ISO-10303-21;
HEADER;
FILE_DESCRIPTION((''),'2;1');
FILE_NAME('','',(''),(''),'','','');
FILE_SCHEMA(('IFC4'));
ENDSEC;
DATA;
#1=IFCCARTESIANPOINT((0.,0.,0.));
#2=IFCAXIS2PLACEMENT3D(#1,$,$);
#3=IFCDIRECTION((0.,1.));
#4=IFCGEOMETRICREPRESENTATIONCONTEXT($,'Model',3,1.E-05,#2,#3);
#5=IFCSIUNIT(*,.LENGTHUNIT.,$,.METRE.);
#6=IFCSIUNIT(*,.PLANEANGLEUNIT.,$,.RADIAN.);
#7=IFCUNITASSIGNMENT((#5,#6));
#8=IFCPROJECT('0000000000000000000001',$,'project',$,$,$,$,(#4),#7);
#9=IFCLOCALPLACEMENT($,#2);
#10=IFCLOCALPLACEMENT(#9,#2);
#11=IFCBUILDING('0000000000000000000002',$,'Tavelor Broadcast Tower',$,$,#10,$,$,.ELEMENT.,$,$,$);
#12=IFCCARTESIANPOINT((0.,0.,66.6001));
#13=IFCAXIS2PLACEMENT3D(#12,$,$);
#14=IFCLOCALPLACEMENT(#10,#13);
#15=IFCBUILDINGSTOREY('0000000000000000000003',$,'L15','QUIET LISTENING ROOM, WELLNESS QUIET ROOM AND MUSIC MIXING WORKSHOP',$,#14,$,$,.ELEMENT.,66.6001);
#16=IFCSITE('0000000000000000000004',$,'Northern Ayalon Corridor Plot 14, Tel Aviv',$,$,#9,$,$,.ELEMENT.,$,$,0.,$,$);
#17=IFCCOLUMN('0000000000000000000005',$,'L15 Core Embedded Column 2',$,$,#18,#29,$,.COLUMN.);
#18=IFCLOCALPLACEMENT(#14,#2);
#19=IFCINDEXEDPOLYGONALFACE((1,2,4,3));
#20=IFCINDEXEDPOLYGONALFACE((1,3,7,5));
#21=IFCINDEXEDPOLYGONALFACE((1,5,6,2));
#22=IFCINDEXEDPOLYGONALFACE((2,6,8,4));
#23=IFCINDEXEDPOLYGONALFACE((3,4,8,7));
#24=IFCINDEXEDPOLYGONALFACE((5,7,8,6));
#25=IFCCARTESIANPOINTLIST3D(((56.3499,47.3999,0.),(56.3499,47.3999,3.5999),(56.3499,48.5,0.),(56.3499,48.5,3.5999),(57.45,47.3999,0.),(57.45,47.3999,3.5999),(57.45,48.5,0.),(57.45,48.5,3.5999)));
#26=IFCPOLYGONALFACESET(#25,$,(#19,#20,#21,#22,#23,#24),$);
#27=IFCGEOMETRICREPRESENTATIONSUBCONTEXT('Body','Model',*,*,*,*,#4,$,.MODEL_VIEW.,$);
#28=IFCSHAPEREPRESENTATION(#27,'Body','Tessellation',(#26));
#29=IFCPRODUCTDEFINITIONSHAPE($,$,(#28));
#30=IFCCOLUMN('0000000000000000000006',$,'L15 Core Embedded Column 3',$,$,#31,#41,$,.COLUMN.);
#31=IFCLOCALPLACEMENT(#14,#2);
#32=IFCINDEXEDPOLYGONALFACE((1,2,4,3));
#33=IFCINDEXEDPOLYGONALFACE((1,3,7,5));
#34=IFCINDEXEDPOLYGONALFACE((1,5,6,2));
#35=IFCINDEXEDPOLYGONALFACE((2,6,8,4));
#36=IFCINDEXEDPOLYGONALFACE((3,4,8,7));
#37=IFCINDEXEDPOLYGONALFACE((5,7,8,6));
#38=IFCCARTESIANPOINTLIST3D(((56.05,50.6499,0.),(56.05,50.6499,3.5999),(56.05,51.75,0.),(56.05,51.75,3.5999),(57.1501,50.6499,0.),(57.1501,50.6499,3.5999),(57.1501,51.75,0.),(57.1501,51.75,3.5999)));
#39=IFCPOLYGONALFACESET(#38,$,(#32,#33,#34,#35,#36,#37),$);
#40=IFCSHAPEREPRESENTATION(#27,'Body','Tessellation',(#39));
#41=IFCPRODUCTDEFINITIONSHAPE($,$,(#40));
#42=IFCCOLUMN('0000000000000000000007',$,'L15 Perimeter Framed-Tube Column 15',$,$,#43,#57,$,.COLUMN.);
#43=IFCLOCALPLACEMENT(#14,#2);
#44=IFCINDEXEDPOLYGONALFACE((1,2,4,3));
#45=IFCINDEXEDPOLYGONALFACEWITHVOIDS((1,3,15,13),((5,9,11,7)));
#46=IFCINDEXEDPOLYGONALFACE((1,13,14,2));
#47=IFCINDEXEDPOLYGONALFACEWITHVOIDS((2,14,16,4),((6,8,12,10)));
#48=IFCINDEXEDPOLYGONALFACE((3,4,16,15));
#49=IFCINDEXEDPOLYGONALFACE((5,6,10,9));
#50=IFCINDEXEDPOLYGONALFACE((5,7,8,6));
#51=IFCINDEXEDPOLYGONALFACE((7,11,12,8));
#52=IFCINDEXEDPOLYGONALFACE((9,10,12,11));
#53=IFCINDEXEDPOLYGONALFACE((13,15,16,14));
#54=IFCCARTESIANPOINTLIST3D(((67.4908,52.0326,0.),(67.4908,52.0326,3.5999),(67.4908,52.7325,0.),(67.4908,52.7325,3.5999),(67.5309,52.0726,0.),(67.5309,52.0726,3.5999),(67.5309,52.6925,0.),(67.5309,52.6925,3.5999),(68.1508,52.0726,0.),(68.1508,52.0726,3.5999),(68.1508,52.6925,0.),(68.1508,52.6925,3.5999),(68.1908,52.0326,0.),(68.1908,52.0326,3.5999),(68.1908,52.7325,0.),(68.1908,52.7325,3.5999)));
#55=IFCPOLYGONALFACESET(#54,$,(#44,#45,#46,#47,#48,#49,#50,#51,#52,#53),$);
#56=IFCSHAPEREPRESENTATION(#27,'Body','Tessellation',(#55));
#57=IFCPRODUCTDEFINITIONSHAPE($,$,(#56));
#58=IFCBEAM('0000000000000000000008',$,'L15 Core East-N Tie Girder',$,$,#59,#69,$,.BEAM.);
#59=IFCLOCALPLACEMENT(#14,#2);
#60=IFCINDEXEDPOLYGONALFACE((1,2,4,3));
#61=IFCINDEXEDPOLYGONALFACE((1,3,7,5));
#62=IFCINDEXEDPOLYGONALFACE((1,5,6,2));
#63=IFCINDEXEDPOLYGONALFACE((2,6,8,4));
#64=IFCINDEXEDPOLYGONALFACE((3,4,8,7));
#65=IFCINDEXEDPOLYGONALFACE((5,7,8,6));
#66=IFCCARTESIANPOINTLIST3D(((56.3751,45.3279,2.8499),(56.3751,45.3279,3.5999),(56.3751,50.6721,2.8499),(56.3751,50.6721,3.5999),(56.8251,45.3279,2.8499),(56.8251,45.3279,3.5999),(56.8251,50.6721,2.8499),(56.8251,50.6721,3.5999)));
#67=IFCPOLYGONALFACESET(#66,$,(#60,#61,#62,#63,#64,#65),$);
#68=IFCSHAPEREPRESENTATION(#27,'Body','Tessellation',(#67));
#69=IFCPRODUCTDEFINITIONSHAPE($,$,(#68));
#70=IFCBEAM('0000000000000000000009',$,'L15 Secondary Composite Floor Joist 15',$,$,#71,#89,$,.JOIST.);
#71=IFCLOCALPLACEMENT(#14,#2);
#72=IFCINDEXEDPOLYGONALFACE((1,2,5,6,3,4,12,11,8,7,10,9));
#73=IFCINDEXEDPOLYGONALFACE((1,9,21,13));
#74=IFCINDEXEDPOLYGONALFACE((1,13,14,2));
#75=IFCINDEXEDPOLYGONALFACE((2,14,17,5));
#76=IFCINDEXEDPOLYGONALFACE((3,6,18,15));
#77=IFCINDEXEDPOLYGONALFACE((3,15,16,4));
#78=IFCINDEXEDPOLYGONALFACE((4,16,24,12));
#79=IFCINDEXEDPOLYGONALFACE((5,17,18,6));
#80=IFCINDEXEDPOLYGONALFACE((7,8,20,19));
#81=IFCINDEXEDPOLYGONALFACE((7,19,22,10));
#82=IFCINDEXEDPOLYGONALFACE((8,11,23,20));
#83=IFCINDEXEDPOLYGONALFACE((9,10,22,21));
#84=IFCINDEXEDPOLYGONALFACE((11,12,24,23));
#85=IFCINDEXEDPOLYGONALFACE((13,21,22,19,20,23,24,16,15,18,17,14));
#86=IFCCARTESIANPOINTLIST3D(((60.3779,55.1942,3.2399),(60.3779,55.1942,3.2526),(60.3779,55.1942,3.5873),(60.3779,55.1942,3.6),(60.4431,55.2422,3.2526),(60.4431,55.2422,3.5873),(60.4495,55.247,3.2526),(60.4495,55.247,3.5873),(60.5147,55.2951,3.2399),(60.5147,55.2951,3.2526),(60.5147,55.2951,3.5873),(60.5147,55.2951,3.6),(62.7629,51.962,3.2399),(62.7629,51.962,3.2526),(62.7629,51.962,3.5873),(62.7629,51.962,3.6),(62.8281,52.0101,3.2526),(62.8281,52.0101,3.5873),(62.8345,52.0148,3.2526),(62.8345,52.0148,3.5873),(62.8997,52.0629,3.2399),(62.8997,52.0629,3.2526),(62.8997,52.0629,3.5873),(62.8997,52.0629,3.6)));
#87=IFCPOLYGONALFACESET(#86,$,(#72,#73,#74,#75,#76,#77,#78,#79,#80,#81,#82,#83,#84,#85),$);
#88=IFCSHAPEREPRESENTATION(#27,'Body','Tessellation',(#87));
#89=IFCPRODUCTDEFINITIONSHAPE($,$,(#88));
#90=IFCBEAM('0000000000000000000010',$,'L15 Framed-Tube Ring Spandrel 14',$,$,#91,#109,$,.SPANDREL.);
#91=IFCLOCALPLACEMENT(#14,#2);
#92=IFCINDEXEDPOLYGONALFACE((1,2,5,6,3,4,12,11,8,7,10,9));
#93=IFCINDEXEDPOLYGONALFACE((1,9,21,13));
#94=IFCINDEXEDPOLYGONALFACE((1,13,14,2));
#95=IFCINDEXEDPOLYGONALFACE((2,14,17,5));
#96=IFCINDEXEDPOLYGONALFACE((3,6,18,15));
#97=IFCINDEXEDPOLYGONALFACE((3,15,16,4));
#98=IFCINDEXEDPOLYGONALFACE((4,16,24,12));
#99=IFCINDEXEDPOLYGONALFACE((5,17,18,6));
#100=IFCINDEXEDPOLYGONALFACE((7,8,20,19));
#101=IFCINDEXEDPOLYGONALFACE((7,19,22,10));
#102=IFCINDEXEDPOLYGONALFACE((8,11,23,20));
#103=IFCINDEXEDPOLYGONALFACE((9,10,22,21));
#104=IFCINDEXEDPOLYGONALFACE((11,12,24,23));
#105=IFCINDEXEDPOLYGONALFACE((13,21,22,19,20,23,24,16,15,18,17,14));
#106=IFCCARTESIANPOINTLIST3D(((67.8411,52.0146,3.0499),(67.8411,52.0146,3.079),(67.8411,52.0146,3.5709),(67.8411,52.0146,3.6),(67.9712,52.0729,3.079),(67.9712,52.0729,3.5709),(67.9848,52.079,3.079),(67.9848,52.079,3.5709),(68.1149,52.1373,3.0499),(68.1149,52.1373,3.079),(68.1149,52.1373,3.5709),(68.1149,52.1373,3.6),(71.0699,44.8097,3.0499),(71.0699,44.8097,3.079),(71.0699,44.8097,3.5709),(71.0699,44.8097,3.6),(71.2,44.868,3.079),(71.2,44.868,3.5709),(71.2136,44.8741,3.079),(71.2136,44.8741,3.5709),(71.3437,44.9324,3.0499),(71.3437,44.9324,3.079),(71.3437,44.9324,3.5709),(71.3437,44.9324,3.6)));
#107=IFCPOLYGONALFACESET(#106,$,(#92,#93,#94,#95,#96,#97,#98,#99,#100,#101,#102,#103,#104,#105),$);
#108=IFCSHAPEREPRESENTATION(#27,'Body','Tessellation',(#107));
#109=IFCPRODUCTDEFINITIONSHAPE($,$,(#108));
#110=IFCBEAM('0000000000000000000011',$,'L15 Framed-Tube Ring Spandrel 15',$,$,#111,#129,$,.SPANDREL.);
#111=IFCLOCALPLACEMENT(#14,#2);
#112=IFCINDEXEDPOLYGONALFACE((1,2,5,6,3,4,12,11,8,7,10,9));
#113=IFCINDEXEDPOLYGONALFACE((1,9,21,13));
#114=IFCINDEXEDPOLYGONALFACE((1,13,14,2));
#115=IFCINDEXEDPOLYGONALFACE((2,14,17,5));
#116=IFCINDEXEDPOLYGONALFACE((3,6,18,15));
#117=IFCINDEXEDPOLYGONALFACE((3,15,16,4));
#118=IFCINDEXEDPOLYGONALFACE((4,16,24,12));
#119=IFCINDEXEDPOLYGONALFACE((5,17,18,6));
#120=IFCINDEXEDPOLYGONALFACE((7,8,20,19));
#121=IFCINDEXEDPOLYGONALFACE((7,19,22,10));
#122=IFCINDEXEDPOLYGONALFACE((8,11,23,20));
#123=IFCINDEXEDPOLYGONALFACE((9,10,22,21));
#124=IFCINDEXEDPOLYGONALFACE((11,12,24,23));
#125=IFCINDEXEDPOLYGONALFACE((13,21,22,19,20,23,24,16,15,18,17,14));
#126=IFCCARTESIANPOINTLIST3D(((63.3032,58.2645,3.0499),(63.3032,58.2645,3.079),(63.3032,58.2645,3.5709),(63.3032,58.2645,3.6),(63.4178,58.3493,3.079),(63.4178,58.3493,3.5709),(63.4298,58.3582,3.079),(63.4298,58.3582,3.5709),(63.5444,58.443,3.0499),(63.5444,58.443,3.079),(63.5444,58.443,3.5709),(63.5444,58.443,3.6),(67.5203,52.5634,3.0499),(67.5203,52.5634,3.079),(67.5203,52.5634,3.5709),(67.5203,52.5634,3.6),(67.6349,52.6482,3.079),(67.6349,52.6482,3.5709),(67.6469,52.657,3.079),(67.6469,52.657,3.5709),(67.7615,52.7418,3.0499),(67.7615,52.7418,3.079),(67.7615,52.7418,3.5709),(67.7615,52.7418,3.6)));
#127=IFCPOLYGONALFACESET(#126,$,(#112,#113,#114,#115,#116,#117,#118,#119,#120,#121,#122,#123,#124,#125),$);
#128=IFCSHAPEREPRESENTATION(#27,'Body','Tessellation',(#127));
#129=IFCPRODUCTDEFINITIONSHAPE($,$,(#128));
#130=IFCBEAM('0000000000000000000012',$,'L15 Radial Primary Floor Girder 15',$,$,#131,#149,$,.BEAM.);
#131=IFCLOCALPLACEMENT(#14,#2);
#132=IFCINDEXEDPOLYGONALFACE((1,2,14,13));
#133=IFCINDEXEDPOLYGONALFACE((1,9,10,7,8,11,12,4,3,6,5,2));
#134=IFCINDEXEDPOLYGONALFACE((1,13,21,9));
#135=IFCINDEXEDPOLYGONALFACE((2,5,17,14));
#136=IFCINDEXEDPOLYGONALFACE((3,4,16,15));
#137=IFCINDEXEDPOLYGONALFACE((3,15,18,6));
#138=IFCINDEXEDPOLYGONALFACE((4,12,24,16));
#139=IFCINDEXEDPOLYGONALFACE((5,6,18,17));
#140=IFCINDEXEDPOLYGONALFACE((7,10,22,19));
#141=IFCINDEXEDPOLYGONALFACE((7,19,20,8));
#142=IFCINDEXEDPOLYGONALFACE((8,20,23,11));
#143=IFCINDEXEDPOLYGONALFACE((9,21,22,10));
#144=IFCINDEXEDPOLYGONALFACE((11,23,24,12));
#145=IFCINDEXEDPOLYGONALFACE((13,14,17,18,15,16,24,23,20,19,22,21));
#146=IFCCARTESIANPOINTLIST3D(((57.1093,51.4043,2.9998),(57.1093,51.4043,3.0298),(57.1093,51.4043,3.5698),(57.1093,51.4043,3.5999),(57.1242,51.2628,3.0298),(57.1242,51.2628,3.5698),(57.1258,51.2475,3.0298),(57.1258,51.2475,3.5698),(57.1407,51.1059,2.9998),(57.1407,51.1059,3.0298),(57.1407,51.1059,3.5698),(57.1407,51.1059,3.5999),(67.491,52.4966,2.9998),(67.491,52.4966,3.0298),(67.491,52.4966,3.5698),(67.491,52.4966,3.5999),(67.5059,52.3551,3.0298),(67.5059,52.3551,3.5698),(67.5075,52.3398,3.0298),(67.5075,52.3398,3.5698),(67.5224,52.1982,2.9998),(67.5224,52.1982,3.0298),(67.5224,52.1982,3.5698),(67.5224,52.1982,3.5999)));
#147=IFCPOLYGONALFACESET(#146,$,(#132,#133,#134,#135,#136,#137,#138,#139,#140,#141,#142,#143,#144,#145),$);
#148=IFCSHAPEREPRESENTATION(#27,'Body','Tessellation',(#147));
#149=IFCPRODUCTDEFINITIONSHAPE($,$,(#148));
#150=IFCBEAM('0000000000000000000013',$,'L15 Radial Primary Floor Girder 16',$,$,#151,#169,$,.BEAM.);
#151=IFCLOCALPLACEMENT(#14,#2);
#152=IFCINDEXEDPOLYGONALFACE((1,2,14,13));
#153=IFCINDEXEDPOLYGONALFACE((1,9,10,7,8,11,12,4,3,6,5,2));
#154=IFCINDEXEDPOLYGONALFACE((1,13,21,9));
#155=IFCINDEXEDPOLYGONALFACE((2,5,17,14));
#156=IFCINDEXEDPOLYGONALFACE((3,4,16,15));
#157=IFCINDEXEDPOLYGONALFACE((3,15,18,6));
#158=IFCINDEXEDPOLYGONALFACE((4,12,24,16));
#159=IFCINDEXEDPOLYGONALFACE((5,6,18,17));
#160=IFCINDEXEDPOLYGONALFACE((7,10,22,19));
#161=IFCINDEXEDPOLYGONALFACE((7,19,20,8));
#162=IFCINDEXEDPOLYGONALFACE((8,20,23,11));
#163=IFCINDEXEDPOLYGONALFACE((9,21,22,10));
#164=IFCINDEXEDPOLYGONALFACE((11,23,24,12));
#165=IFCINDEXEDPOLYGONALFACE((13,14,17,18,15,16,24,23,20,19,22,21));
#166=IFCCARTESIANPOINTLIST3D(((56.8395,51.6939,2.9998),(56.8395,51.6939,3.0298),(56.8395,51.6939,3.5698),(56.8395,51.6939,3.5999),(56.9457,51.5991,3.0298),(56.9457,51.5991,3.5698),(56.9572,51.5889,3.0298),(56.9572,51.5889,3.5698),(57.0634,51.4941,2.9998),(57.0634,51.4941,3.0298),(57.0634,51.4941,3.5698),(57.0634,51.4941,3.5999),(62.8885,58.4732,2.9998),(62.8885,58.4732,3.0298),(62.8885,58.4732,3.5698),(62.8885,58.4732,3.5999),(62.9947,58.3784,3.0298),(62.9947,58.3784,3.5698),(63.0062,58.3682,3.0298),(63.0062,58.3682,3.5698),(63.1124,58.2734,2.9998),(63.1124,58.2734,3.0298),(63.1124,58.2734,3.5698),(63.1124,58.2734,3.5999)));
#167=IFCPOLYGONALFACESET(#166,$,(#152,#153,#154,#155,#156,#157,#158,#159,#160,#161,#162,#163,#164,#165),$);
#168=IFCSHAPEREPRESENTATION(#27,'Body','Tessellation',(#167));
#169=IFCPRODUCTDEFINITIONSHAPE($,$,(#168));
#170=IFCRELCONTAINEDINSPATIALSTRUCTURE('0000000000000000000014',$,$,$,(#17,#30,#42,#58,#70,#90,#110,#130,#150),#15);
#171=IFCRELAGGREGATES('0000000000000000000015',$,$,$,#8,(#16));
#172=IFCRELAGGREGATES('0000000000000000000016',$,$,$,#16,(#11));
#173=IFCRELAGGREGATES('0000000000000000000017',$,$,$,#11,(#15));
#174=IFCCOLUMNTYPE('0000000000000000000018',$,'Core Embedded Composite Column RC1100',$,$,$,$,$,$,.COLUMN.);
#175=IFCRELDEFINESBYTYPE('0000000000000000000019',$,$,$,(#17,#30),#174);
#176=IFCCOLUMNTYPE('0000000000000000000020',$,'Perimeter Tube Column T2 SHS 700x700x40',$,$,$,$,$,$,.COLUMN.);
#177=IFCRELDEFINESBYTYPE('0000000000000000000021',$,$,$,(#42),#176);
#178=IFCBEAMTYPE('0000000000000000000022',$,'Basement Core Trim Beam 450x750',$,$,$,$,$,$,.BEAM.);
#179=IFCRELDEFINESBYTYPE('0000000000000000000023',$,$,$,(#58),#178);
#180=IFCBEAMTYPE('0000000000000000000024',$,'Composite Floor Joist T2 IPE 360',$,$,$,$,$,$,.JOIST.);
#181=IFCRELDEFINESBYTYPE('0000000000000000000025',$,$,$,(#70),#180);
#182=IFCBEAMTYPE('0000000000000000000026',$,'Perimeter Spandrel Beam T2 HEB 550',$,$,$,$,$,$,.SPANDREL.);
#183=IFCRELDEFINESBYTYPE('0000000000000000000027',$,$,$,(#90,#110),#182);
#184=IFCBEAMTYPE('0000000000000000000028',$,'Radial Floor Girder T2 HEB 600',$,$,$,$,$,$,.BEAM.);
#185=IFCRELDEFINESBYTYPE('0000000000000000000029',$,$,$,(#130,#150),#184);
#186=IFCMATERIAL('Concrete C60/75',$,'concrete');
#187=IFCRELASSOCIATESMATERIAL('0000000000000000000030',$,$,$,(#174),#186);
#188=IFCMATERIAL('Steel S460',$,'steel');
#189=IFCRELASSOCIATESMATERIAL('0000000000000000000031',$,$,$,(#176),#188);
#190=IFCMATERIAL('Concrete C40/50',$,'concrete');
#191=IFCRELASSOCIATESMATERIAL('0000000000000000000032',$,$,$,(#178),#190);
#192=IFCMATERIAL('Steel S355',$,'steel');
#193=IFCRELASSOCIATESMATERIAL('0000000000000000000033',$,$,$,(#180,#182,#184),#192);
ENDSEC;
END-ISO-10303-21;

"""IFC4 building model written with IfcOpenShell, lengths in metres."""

from ifc_helpers import new_model, si_unit, direction, frame, origin, origin_2d, place, context, subcontext, project, spatial, rectangle, hollow_rectangle, i_section, extrude, material, material_profile, profile_set, type_object, element, save


model = new_model("IFC4")

# Units and contexts
model_context = context("Model", 3, precision=1e-05, world=origin(), true_north=direction((0.0, 1.0)))
body_context = subcontext(model_context, "Body", "Model", "MODEL_VIEW")
ifc_project = project(units=[si_unit("LENGTHUNIT", "METRE"), si_unit("PLANEANGLEUNIT", "RADIAN")], contexts=[model_context])

# Site, building, storey
site_placement = place(None, origin())
site = spatial("IfcSite", under=ifc_project, at=site_placement, Name="Northern Ayalon Corridor Plot 14, Tel Aviv", CompositionType="ELEMENT", RefElevation=0.0)
building_placement = place(site_placement, origin())
building = spatial("IfcBuilding", under=site, at=building_placement, Name="Tavelor Broadcast Tower", CompositionType="ELEMENT")
storey_placement = place(building_placement, frame((0.0, 0.0, 66.6001)))
storey = spatial("IfcBuildingStorey", under=building, at=storey_placement, Name="L15", Description="QUIET LISTENING ROOM, WELLNESS QUIET ROOM AND MUSIC MIXING WORKSHOP", CompositionType="ELEMENT", Elevation=66.6001)

# Columns
ifc_material_1 = material(Name="Concrete C60/75", Category="concrete")
ifc_material_profile_1 = material_profile(ifc_material_1, rectangle(XDim=1.1001, YDim=1.1001, at=origin_2d()), Name="RC 1100x1100")
ifc_profile_set_1 = profile_set([ifc_material_profile_1], Name="Concrete C60/75")
column_type_1 = type_object("IfcColumnType", Name="Core Embedded Composite Column RC1100", PredefinedType="COLUMN", material=ifc_profile_set_1)
for number, where, z_axis, x_axis, name in (
    (1, (56.8999, 47.95, 0.0), (0.0, 0.0, 1.0), (1.0, 0.0, 0.0), "L15 Core Embedded Column 2"),
    (2, (56.6001, 51.2, 0.0), (0.0, 0.0, 1.0), (1.0, 0.0, 0.0), "L15 Core Embedded Column 3"),
):
    element("IfcColumn", number, at=place(storey_placement, frame(where, z_axis=z_axis, x_axis=x_axis)), inside=storey, type_object=column_type_1, Name=name, PredefinedType="COLUMN", context=body_context, shape_type="SweptSolid", body=[
        extrude(rectangle(XDim=1.1001, YDim=1.1001, at=origin_2d()), origin(), (0.0, 0.0, 1.0), 3.5999),
    ])
ifc_material_2 = material(Name="Steel S460", Category="steel")
ifc_material_profile_2 = material_profile(ifc_material_2, hollow_rectangle(XDim=0.7, YDim=0.7, WallThickness=0.04, at=origin_2d()), Name="SHS 700x700x40")
ifc_profile_set_2 = profile_set([ifc_material_profile_2], Name="Steel S460")
column_type_2 = type_object("IfcColumnType", Name="Perimeter Tube Column T2 SHS 700x700x40", PredefinedType="COLUMN", material=ifc_profile_set_2)
column_placement = place(storey_placement, frame((67.8408, 52.3826, 0.0), z_axis=(0.0, 0.0, 1.0), x_axis=(1.0, 0.0, 0.0)))
element("IfcColumn", 3, at=column_placement, inside=storey, type_object=column_type_2, Name="L15 Perimeter Framed-Tube Column 15", PredefinedType="COLUMN", context=body_context, shape_type="SweptSolid", body=[
    extrude(hollow_rectangle(XDim=0.7, YDim=0.7, WallThickness=0.04, at=origin_2d()), origin(), (0.0, 0.0, 1.0), 3.5999),
])

# Beams
ifc_material_3 = material(Name="Concrete C40/50", Category="concrete")
ifc_material_profile_3 = material_profile(ifc_material_3, rectangle(XDim=0.45, YDim=0.75, at=origin_2d()), Name="RC 450x750")
ifc_profile_set_3 = profile_set([ifc_material_profile_3], Name="Concrete C40/50")
beam_type_1 = type_object("IfcBeamType", Name="Basement Core Trim Beam 450x750", PredefinedType="BEAM", material=ifc_profile_set_3)
beam_1_placement = place(storey_placement, frame((56.6001, 45.3279, 3.2249), z_axis=(0.0, 1.0, 0.0), x_axis=(-1.0, 0.0, 0.0)))
element("IfcBeam", 4, at=beam_1_placement, inside=storey, type_object=beam_type_1, Name="L15 Core East-N Tie Girder", PredefinedType="BEAM", context=body_context, shape_type="SweptSolid", body=[
    extrude(rectangle(XDim=0.45, YDim=0.75, at=origin_2d()), origin(), (0.0, 0.0, 1.0), 5.3442),
])
ifc_material_4 = material(Name="Steel S355", Category="steel")
ifc_material_profile_4 = material_profile(ifc_material_4, i_section(OverallWidth=0.1699, OverallDepth=0.3601, WebThickness=0.0081, FlangeThickness=0.0127, at=origin_2d()), Name="IPE 360")
ifc_profile_set_4 = profile_set([ifc_material_profile_4], Name="Steel S355")
beam_type_2 = type_object("IfcBeamType", Name="Composite Floor Joist T2 IPE 360", PredefinedType="JOIST", material=ifc_profile_set_4)
beam_2_placement = place(storey_placement, frame((62.8313, 52.0125, 3.4199), z_axis=(-0.593748, 0.804651, 0.0), x_axis=(-0.804651, -0.593748, 0.0)))
element("IfcBeam", 5, at=beam_2_placement, inside=storey, type_object=beam_type_2, Name="L15 Secondary Composite Floor Joist 15", PredefinedType="JOIST", context=body_context, shape_type="SweptSolid", body=[
    extrude(i_section(OverallWidth=0.1699, OverallDepth=0.3601, WebThickness=0.0081, FlangeThickness=0.0127, at=origin_2d()), origin(), (0.0, 0.0, 1.0), 4.0168),
])
ifc_material_profile_5 = material_profile(ifc_material_4, i_section(OverallWidth=0.3, OverallDepth=0.55, WebThickness=0.0149, FlangeThickness=0.0291, at=origin_2d()), Name="HEB 550")
ifc_profile_set_5 = profile_set([ifc_material_profile_5], Name="Steel S355")
beam_type_3 = type_object("IfcBeamType", Name="Perimeter Spandrel Beam T2 HEB 550", PredefinedType="SPANDREL", material=ifc_profile_set_5)
beam_3_placement = place(storey_placement, frame((71.2068, 44.8711, 3.325), z_axis=(-0.408951, 0.912556, 0.0), x_axis=(-0.912556, -0.408951, 0.0)))
element("IfcBeam", 6, at=beam_3_placement, inside=storey, type_object=beam_type_3, Name="L15 Framed-Tube Ring Spandrel 14", PredefinedType="SPANDREL", context=body_context, shape_type="SweptSolid", body=[
    extrude(i_section(OverallWidth=0.3, OverallDepth=0.55, WebThickness=0.0149, FlangeThickness=0.0291, at=origin_2d()), origin(), (0.0, 0.0, 1.0), 7.8953),
])
beam_4_placement = place(storey_placement, frame((67.6409, 52.6526, 3.325), z_axis=(-0.594677, 0.803965, 0.0), x_axis=(-0.803965, -0.594677, 0.0)))
element("IfcBeam", 7, at=beam_4_placement, inside=storey, type_object=beam_type_3, Name="L15 Framed-Tube Ring Spandrel 15", PredefinedType="SPANDREL", context=body_context, shape_type="SweptSolid", body=[
    extrude(i_section(OverallWidth=0.3, OverallDepth=0.55, WebThickness=0.0149, FlangeThickness=0.0291, at=origin_2d()), origin(), (0.0, 0.0, 1.0), 7.0913),
])
ifc_material_profile_6 = material_profile(ifc_material_4, i_section(OverallWidth=0.3, OverallDepth=0.6001, WebThickness=0.0154, FlangeThickness=0.03, at=origin_2d()), Name="HEB 600")
ifc_profile_set_6 = profile_set([ifc_material_profile_6], Name="Steel S355")
beam_type_4 = type_object("IfcBeamType", Name="Radial Floor Girder T2 HEB 600", PredefinedType="BEAM", material=ifc_profile_set_6)
beam_5_placement = place(storey_placement, frame((57.125, 51.2551, 3.2998), z_axis=(0.994511, 0.104636, 0.0), x_axis=(-0.104636, 0.994511, 0.0)))
element("IfcBeam", 8, at=beam_5_placement, inside=storey, type_object=beam_type_4, Name="L15 Radial Primary Floor Girder 15", PredefinedType="BEAM", context=body_context, shape_type="SweptSolid", body=[
    extrude(i_section(OverallWidth=0.3, OverallDepth=0.6001, WebThickness=0.0154, FlangeThickness=0.03, at=origin_2d()), origin(), (0.0, 0.0, 1.0), 10.439),
])
beam_6_placement = place(storey_placement, frame((56.9514, 51.594, 3.2998), z_axis=(0.665779, 0.746149, 0.0), x_axis=(-0.746149, 0.665779, 0.0)))
element("IfcBeam", 9, at=beam_6_placement, inside=storey, type_object=beam_type_4, Name="L15 Radial Primary Floor Girder 16", PredefinedType="BEAM", context=body_context, shape_type="SweptSolid", body=[
    extrude(i_section(OverallWidth=0.3, OverallDepth=0.6001, WebThickness=0.0154, FlangeThickness=0.03, at=origin_2d()), origin(), (0.0, 0.0, 1.0), 9.0857),
])

save(model, "model.ifc")
